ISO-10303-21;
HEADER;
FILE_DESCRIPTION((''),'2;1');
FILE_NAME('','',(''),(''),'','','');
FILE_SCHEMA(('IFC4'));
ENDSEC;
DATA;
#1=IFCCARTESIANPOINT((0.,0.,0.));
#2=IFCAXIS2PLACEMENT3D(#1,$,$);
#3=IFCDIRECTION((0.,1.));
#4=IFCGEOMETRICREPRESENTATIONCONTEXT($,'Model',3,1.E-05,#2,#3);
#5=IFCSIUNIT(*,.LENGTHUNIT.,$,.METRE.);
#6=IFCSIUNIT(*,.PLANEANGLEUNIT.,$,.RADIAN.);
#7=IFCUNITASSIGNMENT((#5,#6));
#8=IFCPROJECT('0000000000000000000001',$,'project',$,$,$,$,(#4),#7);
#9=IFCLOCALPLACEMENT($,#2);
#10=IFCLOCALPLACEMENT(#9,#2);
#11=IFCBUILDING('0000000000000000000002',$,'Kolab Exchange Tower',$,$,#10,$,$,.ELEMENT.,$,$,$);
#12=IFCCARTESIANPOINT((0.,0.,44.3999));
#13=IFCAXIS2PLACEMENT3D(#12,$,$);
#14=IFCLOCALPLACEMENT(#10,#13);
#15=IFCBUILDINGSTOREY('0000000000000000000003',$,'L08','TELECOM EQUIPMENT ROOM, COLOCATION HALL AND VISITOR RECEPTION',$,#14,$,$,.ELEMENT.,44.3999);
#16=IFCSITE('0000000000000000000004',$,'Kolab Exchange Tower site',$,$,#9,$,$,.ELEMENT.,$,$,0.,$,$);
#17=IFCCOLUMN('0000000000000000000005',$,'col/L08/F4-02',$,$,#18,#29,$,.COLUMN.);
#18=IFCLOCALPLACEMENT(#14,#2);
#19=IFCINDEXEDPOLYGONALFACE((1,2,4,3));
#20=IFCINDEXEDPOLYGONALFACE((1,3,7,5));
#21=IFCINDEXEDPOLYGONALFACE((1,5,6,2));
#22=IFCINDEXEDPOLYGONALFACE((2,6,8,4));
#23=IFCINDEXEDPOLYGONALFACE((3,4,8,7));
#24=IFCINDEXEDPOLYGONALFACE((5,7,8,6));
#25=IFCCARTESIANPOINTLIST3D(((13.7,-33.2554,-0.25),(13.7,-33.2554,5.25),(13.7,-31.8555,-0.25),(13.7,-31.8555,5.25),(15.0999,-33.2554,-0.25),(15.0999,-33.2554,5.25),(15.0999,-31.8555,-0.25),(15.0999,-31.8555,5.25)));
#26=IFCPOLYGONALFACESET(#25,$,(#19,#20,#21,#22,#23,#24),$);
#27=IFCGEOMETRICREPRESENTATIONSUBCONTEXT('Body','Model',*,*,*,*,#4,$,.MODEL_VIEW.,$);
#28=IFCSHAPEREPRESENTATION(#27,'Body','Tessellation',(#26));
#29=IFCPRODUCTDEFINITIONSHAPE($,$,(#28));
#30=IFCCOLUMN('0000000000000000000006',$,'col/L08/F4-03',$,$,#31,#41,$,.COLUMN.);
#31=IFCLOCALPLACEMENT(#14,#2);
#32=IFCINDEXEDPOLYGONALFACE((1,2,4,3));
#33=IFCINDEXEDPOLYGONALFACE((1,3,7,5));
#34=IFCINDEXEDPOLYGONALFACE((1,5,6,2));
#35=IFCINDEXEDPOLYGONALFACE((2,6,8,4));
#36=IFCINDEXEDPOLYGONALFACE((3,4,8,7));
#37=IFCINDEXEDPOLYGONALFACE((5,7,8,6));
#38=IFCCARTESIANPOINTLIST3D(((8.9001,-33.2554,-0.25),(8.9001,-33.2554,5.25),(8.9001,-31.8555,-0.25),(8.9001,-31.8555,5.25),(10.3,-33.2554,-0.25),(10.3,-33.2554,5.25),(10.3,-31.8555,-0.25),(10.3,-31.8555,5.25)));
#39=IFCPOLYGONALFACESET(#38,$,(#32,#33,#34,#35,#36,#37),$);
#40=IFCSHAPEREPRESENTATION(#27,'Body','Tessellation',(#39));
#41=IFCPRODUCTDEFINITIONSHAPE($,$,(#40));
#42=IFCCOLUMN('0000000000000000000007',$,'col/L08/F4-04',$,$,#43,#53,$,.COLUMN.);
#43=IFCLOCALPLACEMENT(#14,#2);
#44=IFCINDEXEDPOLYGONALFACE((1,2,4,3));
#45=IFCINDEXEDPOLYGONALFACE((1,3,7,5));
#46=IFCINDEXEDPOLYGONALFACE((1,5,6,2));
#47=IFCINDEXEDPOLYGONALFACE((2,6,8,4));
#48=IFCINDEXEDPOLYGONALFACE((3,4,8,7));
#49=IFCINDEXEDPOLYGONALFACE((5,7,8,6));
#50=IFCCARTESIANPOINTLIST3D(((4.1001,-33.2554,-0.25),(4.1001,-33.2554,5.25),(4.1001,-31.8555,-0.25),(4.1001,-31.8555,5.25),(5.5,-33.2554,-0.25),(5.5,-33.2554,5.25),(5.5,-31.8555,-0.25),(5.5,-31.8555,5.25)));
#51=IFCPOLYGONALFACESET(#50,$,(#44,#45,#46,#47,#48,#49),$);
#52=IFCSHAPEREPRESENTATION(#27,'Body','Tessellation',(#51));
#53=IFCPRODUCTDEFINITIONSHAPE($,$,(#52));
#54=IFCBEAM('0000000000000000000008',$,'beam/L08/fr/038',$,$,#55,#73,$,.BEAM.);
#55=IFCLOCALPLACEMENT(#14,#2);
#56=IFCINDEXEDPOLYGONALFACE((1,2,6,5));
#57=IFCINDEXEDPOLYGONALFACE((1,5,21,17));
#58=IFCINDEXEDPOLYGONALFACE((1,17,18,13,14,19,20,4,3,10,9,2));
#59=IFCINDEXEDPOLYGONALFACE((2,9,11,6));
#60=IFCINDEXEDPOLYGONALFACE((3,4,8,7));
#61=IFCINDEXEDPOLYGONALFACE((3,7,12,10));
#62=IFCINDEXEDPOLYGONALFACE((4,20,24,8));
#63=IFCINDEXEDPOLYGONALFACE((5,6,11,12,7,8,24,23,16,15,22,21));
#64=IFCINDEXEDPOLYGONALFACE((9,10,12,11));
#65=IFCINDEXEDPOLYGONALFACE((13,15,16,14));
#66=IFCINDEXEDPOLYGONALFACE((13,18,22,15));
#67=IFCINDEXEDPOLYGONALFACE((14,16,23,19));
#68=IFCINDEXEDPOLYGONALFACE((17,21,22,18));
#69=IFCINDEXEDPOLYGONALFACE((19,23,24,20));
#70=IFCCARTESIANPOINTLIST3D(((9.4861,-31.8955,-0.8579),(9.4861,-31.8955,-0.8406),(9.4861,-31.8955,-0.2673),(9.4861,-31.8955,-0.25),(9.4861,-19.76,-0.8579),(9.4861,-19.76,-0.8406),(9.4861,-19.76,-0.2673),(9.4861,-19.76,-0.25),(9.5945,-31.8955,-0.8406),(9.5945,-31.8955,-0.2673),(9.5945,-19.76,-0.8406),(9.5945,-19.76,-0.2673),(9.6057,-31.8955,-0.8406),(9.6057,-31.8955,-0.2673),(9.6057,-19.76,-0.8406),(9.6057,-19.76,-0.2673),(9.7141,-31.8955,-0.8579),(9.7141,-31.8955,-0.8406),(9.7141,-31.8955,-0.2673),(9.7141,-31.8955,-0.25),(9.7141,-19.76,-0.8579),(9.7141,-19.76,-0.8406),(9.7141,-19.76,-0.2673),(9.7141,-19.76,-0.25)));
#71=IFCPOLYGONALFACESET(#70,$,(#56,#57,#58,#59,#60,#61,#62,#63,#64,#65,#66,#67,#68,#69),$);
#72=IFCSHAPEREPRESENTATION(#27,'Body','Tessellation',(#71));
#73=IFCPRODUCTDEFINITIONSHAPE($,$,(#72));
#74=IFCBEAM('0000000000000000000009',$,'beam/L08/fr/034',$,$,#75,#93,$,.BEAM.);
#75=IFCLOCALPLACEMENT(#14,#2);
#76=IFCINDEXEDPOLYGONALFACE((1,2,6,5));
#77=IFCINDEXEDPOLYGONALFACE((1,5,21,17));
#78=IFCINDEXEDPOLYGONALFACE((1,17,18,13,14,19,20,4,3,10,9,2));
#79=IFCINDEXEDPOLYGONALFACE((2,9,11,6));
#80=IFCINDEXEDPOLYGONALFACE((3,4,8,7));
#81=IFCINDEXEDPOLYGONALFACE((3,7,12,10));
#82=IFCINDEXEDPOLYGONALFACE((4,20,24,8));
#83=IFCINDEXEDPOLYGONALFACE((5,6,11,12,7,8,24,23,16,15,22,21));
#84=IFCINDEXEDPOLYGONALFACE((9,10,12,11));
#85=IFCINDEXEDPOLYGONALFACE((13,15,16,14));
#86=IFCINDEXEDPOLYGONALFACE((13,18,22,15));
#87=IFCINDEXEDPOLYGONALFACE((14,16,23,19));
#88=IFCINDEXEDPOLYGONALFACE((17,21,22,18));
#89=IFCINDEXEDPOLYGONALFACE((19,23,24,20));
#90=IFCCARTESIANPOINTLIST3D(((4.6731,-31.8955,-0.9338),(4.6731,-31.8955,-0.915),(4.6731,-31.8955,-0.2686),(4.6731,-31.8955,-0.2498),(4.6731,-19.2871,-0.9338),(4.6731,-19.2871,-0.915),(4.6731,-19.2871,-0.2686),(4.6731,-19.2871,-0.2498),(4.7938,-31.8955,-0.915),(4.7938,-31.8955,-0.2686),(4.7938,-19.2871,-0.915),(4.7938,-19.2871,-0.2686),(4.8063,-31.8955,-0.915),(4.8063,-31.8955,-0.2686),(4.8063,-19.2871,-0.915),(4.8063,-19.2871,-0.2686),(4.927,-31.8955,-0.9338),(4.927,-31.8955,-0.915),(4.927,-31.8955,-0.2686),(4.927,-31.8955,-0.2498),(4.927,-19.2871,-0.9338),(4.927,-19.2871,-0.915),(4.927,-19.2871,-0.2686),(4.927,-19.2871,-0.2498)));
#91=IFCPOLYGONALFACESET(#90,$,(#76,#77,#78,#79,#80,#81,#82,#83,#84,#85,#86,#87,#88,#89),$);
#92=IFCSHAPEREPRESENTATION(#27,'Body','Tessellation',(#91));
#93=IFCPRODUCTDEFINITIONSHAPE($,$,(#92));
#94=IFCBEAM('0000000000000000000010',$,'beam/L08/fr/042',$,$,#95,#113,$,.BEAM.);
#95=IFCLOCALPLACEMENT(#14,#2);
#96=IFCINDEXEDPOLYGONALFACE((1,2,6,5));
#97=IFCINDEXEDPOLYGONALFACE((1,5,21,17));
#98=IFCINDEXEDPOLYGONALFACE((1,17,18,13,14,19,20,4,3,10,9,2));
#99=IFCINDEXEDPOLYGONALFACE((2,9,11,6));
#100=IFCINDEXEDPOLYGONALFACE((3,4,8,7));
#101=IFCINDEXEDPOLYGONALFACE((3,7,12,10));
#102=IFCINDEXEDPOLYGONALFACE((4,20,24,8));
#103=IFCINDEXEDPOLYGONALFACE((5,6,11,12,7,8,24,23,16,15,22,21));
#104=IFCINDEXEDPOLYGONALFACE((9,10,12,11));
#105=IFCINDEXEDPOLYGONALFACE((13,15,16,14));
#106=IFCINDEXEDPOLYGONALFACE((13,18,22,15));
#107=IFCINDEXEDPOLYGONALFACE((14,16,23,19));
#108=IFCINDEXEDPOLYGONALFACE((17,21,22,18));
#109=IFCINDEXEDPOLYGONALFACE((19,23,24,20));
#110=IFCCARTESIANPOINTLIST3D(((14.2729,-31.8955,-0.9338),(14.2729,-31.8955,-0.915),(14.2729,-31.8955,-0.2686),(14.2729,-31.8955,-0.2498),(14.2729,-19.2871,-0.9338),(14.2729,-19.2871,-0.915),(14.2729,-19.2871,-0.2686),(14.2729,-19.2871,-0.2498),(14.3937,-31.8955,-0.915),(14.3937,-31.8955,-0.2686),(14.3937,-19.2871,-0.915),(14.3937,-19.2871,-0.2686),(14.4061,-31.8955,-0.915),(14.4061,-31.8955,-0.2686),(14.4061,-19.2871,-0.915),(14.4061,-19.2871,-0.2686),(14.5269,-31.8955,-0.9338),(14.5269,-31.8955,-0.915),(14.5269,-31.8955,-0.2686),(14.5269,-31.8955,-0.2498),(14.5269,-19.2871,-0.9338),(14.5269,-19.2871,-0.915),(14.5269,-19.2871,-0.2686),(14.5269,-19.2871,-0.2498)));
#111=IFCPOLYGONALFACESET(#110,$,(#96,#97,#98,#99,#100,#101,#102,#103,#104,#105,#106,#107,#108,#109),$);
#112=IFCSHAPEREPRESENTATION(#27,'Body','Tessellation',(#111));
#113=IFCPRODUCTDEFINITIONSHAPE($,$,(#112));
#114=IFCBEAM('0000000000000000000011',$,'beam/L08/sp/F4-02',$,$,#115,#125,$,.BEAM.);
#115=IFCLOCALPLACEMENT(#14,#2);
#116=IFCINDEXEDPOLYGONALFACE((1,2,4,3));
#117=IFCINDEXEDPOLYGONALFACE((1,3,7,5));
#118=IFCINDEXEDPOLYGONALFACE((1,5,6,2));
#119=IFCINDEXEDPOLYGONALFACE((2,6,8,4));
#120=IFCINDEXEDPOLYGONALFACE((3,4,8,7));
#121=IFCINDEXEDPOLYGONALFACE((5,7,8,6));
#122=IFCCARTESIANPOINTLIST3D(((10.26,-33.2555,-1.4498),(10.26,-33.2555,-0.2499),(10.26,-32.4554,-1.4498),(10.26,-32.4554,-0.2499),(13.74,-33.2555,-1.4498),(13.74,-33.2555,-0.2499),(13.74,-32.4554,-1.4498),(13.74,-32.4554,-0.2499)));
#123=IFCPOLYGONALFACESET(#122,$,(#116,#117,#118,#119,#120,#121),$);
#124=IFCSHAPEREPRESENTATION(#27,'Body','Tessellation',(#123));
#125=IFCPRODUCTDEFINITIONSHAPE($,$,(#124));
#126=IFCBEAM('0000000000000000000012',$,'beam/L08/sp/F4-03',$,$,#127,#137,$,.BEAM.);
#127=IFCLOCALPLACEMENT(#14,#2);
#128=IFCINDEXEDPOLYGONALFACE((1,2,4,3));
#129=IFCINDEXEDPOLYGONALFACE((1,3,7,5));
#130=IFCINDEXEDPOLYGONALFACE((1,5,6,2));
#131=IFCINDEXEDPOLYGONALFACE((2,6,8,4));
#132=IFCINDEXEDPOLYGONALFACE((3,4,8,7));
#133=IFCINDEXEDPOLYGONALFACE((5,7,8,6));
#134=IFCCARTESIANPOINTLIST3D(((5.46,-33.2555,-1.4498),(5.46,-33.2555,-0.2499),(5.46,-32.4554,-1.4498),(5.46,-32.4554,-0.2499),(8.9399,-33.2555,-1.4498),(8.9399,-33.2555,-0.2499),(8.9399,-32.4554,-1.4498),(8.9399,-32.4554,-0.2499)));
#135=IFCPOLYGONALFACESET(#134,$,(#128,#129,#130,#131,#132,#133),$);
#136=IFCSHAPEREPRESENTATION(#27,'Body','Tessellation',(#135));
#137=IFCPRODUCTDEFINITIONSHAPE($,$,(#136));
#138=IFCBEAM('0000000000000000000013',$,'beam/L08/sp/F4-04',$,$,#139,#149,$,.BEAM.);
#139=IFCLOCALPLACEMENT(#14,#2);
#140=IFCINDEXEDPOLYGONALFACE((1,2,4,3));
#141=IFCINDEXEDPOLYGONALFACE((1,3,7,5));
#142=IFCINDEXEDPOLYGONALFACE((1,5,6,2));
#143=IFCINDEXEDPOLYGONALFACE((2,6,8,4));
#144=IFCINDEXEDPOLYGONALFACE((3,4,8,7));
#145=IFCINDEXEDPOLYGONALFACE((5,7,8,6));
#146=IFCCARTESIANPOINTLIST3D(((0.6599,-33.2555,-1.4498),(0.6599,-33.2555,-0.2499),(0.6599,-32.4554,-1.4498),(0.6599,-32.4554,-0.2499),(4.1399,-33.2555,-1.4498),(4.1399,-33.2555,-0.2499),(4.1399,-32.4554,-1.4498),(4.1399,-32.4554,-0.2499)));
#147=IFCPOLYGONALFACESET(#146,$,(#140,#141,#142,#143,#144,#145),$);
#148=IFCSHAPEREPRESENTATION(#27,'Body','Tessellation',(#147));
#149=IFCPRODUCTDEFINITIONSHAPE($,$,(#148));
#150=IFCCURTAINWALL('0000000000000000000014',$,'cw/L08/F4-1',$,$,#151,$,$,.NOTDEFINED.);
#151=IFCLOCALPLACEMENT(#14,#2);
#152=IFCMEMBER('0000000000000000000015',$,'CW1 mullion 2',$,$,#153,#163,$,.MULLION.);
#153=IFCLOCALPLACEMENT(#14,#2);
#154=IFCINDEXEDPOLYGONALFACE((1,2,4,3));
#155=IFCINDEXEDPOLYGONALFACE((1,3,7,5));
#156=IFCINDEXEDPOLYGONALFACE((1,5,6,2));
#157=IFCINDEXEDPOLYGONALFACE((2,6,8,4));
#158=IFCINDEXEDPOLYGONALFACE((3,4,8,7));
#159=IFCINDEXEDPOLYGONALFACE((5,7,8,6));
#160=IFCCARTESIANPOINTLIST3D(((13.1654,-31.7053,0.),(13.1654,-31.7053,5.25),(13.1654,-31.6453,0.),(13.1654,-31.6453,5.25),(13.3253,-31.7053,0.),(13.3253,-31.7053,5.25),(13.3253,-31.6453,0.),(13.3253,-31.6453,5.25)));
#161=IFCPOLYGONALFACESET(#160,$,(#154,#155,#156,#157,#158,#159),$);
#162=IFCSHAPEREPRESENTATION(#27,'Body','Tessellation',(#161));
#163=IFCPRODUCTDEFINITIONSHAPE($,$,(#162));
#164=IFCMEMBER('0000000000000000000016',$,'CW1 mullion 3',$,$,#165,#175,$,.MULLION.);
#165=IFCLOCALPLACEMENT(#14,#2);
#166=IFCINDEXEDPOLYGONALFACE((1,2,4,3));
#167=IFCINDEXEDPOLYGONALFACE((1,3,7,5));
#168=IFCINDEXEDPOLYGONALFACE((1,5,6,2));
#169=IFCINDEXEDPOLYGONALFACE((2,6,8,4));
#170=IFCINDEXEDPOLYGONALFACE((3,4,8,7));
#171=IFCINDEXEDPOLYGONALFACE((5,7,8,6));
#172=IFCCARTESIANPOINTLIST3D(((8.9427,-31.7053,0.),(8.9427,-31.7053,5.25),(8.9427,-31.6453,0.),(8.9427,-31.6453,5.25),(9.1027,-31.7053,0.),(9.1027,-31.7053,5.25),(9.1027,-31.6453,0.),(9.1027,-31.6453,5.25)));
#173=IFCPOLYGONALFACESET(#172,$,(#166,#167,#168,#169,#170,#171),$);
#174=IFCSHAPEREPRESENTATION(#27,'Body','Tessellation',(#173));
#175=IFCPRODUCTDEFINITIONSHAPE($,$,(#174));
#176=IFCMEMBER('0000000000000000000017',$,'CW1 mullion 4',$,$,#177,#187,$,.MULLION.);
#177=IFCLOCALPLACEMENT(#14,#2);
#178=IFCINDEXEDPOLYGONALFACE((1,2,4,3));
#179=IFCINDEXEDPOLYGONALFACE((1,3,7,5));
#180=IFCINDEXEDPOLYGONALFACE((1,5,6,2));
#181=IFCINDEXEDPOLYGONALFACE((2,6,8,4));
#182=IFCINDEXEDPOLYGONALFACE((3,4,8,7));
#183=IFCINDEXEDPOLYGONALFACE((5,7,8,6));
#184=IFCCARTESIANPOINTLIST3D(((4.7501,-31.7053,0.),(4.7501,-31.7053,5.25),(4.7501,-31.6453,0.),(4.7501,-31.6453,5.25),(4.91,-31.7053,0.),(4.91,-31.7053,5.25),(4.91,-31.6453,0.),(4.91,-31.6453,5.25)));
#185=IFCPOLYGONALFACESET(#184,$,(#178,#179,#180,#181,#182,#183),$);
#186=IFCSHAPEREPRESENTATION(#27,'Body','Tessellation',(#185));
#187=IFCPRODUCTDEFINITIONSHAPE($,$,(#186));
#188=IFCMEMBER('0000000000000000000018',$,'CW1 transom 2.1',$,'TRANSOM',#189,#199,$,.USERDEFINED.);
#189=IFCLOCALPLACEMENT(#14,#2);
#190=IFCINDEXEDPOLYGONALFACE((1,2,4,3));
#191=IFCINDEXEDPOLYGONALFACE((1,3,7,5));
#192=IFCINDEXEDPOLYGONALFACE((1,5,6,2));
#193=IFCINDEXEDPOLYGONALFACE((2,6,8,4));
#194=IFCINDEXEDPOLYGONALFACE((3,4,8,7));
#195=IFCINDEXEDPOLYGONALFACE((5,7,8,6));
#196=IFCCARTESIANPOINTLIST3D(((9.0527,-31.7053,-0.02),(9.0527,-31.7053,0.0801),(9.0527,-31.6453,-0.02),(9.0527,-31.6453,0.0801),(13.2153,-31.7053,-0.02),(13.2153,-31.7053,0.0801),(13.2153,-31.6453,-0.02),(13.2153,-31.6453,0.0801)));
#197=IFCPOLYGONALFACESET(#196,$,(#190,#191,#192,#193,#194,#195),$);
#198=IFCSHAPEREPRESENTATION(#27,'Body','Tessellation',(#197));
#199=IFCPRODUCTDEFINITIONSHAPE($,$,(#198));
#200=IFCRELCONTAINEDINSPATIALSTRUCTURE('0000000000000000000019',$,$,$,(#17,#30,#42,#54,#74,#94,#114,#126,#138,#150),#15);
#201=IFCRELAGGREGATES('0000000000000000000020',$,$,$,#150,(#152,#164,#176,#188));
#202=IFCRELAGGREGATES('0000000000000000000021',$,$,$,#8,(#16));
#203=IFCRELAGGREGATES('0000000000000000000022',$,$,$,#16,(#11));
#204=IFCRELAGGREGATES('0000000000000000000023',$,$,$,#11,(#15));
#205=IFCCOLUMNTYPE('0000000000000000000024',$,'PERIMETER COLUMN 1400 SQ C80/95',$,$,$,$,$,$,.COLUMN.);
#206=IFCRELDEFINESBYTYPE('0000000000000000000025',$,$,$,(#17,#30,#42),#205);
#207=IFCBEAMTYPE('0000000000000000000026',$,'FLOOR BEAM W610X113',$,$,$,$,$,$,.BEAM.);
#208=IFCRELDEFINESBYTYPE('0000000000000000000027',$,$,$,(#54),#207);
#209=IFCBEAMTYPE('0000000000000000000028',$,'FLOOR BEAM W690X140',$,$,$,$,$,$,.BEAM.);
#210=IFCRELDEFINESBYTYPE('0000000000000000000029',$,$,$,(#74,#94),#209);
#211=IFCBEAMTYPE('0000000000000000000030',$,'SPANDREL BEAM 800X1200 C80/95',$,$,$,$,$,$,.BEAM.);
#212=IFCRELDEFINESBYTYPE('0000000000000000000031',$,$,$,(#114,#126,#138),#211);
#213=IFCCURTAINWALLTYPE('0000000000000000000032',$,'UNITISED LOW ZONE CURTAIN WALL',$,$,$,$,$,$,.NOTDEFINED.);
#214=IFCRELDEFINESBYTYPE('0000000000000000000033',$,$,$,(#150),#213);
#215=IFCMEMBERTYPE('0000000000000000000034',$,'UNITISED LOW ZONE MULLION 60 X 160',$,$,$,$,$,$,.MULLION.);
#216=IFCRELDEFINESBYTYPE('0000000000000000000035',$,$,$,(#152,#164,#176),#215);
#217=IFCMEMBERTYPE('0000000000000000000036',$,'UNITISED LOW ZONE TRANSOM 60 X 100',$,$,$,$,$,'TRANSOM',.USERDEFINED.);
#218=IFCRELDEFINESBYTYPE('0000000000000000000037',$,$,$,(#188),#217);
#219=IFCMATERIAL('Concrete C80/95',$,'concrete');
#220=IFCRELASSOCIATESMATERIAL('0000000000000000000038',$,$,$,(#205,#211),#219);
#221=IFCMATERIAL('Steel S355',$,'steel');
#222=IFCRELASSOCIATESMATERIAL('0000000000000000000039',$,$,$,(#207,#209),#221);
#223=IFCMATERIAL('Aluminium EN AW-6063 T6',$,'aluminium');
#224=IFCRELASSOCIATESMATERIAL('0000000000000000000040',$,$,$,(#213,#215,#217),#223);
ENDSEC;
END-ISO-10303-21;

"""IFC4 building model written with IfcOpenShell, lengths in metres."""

from ifc_helpers import new_model, si_unit, direction, frame, origin, origin_2d, place, context, subcontext, project, spatial, rectangle, i_section, extrude, material, material_profile, profile_set, type_object, element, aggregate, save


model = new_model("IFC4")

# Units and contexts
model_context = context("Model", 3, precision=1e-05, world=origin(), true_north=direction((0.0, 1.0)))
body_context = subcontext(model_context, "Body", "Model", "MODEL_VIEW")
ifc_project = project(units=[si_unit("LENGTHUNIT", "METRE"), si_unit("PLANEANGLEUNIT", "RADIAN")], contexts=[model_context])

# Site, building, storey
site_placement = place(None, origin())
site = spatial("IfcSite", under=ifc_project, at=site_placement, Name="Kolab Exchange Tower site", CompositionType="ELEMENT", RefElevation=0.0)
building_placement = place(site_placement, origin())
building = spatial("IfcBuilding", under=site, at=building_placement, Name="Kolab Exchange Tower", CompositionType="ELEMENT")
storey_placement = place(building_placement, frame((0.0, 0.0, 44.3999)))
storey = spatial("IfcBuildingStorey", under=building, at=storey_placement, Name="L08", Description="TELECOM EQUIPMENT ROOM, COLOCATION HALL AND VISITOR RECEPTION", CompositionType="ELEMENT", Elevation=44.3999)

# Columns
ifc_material_1 = material(Name="Concrete C80/95", Category="concrete")
ifc_material_profile_1 = material_profile(ifc_material_1, rectangle(XDim=1.3999, YDim=1.3999, at=origin_2d()), Name="RC1400")
ifc_profile_set_1 = profile_set([ifc_material_profile_1], Name="Concrete C80/95")
column_type = type_object("IfcColumnType", Name="PERIMETER COLUMN 1400 SQ C80/95", PredefinedType="COLUMN", material=ifc_profile_set_1)
for number, where, z_axis, x_axis, name in (
    (1, (14.3999, -32.5554, -0.25), (0.0, 0.0, 1.0), (1.0, 0.0, 0.0), "col/L08/F4-02"),
    (2, (9.6001, -32.5554, -0.25), (0.0, 0.0, 1.0), (1.0, 0.0, 0.0), "col/L08/F4-03"),
    (3, (4.8, -32.5554, -0.25), (0.0, 0.0, 1.0), (1.0, 0.0, 0.0), "col/L08/F4-04"),
):
    element("IfcColumn", number, at=place(storey_placement, frame(where, z_axis=z_axis, x_axis=x_axis)), inside=storey, type_object=column_type, Name=name, PredefinedType="COLUMN", context=body_context, shape_type="SweptSolid", body=[
        extrude(rectangle(XDim=1.3999, YDim=1.3999, at=origin_2d()), origin(), (0.0, 0.0, 1.0), 5.5),
    ])

# Beams
ifc_material_2 = material(Name="Steel S355", Category="steel")
ifc_material_profile_2 = material_profile(ifc_material_2, i_section(OverallWidth=0.228, OverallDepth=0.6079, WebThickness=0.0112, FlangeThickness=0.0173, at=origin_2d()), Name="W610X113")
ifc_profile_set_2 = profile_set([ifc_material_profile_2], Name="Steel S355")
beam_type_1 = type_object("IfcBeamType", Name="FLOOR BEAM W610X113", PredefinedType="BEAM", material=ifc_profile_set_2)
beam_placement = place(storey_placement, frame((9.6001, -31.8955, -0.554), z_axis=(0.0, 1.0, 0.0), x_axis=(-1.0, 0.0, 0.0)))
element("IfcBeam", 4, at=beam_placement, inside=storey, type_object=beam_type_1, Name="beam/L08/fr/038", PredefinedType="BEAM", context=body_context, shape_type="SweptSolid", body=[
    extrude(i_section(OverallWidth=0.228, OverallDepth=0.6079, WebThickness=0.0112, FlangeThickness=0.0173, at=origin_2d()), origin(), (0.0, 0.0, 1.0), 12.1355),
])
ifc_material_profile_3 = material_profile(ifc_material_2, i_section(OverallWidth=0.2539, OverallDepth=0.6841, WebThickness=0.0125, FlangeThickness=0.0188, at=origin_2d()), Name="W690X140")
ifc_profile_set_3 = profile_set([ifc_material_profile_3], Name="Steel S355")
beam_type_2 = type_object("IfcBeamType", Name="FLOOR BEAM W690X140", PredefinedType="BEAM", material=ifc_profile_set_3)
for number, where, z_axis, x_axis, name in (
    (5, (4.8, -31.8955, -0.5918), (0.0, 1.0, 0.0), (-1.0, 0.0, 0.0), "beam/L08/fr/034"),
    (6, (14.3999, -31.8955, -0.5918), (0.0, 1.0, 0.0), (-1.0, 0.0, 0.0), "beam/L08/fr/042"),
):
    element("IfcBeam", number, at=place(storey_placement, frame(where, z_axis=z_axis, x_axis=x_axis)), inside=storey, type_object=beam_type_2, Name=name, PredefinedType="BEAM", context=body_context, shape_type="SweptSolid", body=[
        extrude(i_section(OverallWidth=0.2539, OverallDepth=0.6841, WebThickness=0.0125, FlangeThickness=0.0188, at=origin_2d()), origin(), (0.0, 0.0, 1.0), 12.6084),
    ])
ifc_material_profile_4 = material_profile(ifc_material_1, rectangle(XDim=0.8, YDim=1.2, at=origin_2d()), Name="RC800X1200")
ifc_profile_set_4 = profile_set([ifc_material_profile_4], Name="Concrete C80/95")
beam_type_3 = type_object("IfcBeamType", Name="SPANDREL BEAM 800X1200 C80/95", PredefinedType="BEAM", material=ifc_profile_set_4)
for number, where, z_axis, x_axis, name in (
    (7, (13.74, -32.8555, -0.8499), (-1.0, 0.0, 0.0), (0.0, -1.0, 0.0), "beam/L08/sp/F4-02"),
    (8, (8.9399, -32.8555, -0.8499), (-1.0, 0.0, 0.0), (0.0, -1.0, 0.0), "beam/L08/sp/F4-03"),
    (9, (4.1399, -32.8555, -0.8499), (-1.0, 0.0, 0.0), (0.0, -1.0, 0.0), "beam/L08/sp/F4-04"),
):
    element("IfcBeam", number, at=place(storey_placement, frame(where, z_axis=z_axis, x_axis=x_axis)), inside=storey, type_object=beam_type_3, Name=name, PredefinedType="BEAM", context=body_context, shape_type="SweptSolid", body=[
        extrude(rectangle(XDim=0.8, YDim=1.2, at=origin_2d()), origin(), (0.0, 0.0, 1.0), 3.48),
    ])

# Curtain wall, members
ifc_material_3 = material(Name="Aluminium EN AW-6063 T6", Category="aluminium")
curtain_wall_type = type_object("IfcCurtainWallType", Name="UNITISED LOW ZONE CURTAIN WALL", PredefinedType="NOTDEFINED", material=ifc_material_3)
curtain_wall_placement = place(storey_placement, origin())
curtain_wall = element("IfcCurtainWall", 10, at=curtain_wall_placement, inside=storey, type_object=curtain_wall_type, Name="cw/L08/F4-1", PredefinedType="NOTDEFINED")
ifc_material_profile_5 = material_profile(ifc_material_3, rectangle(XDim=0.0601, YDim=0.1599, at=origin_2d()), Name="RECT 60X160")
ifc_profile_set_5 = profile_set([ifc_material_profile_5], Name="Aluminium EN AW-6063 T6")
member_type_1 = type_object("IfcMemberType", Name="UNITISED LOW ZONE MULLION 60 X 160", PredefinedType="MULLION", material=ifc_profile_set_5)
member_1_placement = place(storey_placement, frame((13.2454, -31.6753, 0.0), z_axis=(0.0, 0.0, 1.0), x_axis=(0.0, -1.0, 0.0)))
member_1 = element("IfcMember", 11, at=member_1_placement, type_object=member_type_1, Name="CW1 mullion 2", PredefinedType="MULLION", context=body_context, shape_type="SweptSolid", body=[
    extrude(rectangle(XDim=0.0601, YDim=0.1599, at=origin_2d()), origin(), (0.0, 0.0, 1.0), 5.25),
])
member_2_placement = place(storey_placement, frame((9.0227, -31.6753, 0.0), z_axis=(0.0, 0.0, 1.0), x_axis=(0.0, -1.0, 0.0)))
member_2 = element("IfcMember", 12, at=member_2_placement, type_object=member_type_1, Name="CW1 mullion 3", PredefinedType="MULLION", context=body_context, shape_type="SweptSolid", body=[
    extrude(rectangle(XDim=0.0601, YDim=0.1599, at=origin_2d()), origin(), (0.0, 0.0, 1.0), 5.25),
])
member_3_placement = place(storey_placement, frame((4.8301, -31.6753, 0.0), z_axis=(0.0, 0.0, 1.0), x_axis=(0.0, -1.0, 0.0)))
member_3 = element("IfcMember", 13, at=member_3_placement, type_object=member_type_1, Name="CW1 mullion 4", PredefinedType="MULLION", context=body_context, shape_type="SweptSolid", body=[
    extrude(rectangle(XDim=0.0601, YDim=0.1599, at=origin_2d()), origin(), (0.0, 0.0, 1.0), 5.25),
])
ifc_material_profile_6 = material_profile(ifc_material_3, rectangle(XDim=0.0601, YDim=0.1001, at=origin_2d()), Name="RECT 60X100")
ifc_profile_set_6 = profile_set([ifc_material_profile_6], Name="Aluminium EN AW-6063 T6")
member_type_2 = type_object("IfcMemberType", Name="UNITISED LOW ZONE TRANSOM 60 X 100", ElementType="TRANSOM", PredefinedType="USERDEFINED", material=ifc_profile_set_6)
member_4_placement = place(storey_placement, frame((13.2153, -31.6753, 0.03), z_axis=(-1.0, 0.0, 0.0), x_axis=(0.0, -1.0, 0.0)))
member_4 = element("IfcMember", 14, at=member_4_placement, type_object=member_type_2, Name="CW1 transom 2.1", ObjectType="TRANSOM", PredefinedType="USERDEFINED", context=body_context, shape_type="SweptSolid", body=[
    extrude(rectangle(XDim=0.0601, YDim=0.1001, at=origin_2d()), origin(), (0.0, 0.0, 1.0), 4.1626),
])
aggregate(curtain_wall, [member_1, member_2, member_3, member_4])

save(model, "model.ifc")
